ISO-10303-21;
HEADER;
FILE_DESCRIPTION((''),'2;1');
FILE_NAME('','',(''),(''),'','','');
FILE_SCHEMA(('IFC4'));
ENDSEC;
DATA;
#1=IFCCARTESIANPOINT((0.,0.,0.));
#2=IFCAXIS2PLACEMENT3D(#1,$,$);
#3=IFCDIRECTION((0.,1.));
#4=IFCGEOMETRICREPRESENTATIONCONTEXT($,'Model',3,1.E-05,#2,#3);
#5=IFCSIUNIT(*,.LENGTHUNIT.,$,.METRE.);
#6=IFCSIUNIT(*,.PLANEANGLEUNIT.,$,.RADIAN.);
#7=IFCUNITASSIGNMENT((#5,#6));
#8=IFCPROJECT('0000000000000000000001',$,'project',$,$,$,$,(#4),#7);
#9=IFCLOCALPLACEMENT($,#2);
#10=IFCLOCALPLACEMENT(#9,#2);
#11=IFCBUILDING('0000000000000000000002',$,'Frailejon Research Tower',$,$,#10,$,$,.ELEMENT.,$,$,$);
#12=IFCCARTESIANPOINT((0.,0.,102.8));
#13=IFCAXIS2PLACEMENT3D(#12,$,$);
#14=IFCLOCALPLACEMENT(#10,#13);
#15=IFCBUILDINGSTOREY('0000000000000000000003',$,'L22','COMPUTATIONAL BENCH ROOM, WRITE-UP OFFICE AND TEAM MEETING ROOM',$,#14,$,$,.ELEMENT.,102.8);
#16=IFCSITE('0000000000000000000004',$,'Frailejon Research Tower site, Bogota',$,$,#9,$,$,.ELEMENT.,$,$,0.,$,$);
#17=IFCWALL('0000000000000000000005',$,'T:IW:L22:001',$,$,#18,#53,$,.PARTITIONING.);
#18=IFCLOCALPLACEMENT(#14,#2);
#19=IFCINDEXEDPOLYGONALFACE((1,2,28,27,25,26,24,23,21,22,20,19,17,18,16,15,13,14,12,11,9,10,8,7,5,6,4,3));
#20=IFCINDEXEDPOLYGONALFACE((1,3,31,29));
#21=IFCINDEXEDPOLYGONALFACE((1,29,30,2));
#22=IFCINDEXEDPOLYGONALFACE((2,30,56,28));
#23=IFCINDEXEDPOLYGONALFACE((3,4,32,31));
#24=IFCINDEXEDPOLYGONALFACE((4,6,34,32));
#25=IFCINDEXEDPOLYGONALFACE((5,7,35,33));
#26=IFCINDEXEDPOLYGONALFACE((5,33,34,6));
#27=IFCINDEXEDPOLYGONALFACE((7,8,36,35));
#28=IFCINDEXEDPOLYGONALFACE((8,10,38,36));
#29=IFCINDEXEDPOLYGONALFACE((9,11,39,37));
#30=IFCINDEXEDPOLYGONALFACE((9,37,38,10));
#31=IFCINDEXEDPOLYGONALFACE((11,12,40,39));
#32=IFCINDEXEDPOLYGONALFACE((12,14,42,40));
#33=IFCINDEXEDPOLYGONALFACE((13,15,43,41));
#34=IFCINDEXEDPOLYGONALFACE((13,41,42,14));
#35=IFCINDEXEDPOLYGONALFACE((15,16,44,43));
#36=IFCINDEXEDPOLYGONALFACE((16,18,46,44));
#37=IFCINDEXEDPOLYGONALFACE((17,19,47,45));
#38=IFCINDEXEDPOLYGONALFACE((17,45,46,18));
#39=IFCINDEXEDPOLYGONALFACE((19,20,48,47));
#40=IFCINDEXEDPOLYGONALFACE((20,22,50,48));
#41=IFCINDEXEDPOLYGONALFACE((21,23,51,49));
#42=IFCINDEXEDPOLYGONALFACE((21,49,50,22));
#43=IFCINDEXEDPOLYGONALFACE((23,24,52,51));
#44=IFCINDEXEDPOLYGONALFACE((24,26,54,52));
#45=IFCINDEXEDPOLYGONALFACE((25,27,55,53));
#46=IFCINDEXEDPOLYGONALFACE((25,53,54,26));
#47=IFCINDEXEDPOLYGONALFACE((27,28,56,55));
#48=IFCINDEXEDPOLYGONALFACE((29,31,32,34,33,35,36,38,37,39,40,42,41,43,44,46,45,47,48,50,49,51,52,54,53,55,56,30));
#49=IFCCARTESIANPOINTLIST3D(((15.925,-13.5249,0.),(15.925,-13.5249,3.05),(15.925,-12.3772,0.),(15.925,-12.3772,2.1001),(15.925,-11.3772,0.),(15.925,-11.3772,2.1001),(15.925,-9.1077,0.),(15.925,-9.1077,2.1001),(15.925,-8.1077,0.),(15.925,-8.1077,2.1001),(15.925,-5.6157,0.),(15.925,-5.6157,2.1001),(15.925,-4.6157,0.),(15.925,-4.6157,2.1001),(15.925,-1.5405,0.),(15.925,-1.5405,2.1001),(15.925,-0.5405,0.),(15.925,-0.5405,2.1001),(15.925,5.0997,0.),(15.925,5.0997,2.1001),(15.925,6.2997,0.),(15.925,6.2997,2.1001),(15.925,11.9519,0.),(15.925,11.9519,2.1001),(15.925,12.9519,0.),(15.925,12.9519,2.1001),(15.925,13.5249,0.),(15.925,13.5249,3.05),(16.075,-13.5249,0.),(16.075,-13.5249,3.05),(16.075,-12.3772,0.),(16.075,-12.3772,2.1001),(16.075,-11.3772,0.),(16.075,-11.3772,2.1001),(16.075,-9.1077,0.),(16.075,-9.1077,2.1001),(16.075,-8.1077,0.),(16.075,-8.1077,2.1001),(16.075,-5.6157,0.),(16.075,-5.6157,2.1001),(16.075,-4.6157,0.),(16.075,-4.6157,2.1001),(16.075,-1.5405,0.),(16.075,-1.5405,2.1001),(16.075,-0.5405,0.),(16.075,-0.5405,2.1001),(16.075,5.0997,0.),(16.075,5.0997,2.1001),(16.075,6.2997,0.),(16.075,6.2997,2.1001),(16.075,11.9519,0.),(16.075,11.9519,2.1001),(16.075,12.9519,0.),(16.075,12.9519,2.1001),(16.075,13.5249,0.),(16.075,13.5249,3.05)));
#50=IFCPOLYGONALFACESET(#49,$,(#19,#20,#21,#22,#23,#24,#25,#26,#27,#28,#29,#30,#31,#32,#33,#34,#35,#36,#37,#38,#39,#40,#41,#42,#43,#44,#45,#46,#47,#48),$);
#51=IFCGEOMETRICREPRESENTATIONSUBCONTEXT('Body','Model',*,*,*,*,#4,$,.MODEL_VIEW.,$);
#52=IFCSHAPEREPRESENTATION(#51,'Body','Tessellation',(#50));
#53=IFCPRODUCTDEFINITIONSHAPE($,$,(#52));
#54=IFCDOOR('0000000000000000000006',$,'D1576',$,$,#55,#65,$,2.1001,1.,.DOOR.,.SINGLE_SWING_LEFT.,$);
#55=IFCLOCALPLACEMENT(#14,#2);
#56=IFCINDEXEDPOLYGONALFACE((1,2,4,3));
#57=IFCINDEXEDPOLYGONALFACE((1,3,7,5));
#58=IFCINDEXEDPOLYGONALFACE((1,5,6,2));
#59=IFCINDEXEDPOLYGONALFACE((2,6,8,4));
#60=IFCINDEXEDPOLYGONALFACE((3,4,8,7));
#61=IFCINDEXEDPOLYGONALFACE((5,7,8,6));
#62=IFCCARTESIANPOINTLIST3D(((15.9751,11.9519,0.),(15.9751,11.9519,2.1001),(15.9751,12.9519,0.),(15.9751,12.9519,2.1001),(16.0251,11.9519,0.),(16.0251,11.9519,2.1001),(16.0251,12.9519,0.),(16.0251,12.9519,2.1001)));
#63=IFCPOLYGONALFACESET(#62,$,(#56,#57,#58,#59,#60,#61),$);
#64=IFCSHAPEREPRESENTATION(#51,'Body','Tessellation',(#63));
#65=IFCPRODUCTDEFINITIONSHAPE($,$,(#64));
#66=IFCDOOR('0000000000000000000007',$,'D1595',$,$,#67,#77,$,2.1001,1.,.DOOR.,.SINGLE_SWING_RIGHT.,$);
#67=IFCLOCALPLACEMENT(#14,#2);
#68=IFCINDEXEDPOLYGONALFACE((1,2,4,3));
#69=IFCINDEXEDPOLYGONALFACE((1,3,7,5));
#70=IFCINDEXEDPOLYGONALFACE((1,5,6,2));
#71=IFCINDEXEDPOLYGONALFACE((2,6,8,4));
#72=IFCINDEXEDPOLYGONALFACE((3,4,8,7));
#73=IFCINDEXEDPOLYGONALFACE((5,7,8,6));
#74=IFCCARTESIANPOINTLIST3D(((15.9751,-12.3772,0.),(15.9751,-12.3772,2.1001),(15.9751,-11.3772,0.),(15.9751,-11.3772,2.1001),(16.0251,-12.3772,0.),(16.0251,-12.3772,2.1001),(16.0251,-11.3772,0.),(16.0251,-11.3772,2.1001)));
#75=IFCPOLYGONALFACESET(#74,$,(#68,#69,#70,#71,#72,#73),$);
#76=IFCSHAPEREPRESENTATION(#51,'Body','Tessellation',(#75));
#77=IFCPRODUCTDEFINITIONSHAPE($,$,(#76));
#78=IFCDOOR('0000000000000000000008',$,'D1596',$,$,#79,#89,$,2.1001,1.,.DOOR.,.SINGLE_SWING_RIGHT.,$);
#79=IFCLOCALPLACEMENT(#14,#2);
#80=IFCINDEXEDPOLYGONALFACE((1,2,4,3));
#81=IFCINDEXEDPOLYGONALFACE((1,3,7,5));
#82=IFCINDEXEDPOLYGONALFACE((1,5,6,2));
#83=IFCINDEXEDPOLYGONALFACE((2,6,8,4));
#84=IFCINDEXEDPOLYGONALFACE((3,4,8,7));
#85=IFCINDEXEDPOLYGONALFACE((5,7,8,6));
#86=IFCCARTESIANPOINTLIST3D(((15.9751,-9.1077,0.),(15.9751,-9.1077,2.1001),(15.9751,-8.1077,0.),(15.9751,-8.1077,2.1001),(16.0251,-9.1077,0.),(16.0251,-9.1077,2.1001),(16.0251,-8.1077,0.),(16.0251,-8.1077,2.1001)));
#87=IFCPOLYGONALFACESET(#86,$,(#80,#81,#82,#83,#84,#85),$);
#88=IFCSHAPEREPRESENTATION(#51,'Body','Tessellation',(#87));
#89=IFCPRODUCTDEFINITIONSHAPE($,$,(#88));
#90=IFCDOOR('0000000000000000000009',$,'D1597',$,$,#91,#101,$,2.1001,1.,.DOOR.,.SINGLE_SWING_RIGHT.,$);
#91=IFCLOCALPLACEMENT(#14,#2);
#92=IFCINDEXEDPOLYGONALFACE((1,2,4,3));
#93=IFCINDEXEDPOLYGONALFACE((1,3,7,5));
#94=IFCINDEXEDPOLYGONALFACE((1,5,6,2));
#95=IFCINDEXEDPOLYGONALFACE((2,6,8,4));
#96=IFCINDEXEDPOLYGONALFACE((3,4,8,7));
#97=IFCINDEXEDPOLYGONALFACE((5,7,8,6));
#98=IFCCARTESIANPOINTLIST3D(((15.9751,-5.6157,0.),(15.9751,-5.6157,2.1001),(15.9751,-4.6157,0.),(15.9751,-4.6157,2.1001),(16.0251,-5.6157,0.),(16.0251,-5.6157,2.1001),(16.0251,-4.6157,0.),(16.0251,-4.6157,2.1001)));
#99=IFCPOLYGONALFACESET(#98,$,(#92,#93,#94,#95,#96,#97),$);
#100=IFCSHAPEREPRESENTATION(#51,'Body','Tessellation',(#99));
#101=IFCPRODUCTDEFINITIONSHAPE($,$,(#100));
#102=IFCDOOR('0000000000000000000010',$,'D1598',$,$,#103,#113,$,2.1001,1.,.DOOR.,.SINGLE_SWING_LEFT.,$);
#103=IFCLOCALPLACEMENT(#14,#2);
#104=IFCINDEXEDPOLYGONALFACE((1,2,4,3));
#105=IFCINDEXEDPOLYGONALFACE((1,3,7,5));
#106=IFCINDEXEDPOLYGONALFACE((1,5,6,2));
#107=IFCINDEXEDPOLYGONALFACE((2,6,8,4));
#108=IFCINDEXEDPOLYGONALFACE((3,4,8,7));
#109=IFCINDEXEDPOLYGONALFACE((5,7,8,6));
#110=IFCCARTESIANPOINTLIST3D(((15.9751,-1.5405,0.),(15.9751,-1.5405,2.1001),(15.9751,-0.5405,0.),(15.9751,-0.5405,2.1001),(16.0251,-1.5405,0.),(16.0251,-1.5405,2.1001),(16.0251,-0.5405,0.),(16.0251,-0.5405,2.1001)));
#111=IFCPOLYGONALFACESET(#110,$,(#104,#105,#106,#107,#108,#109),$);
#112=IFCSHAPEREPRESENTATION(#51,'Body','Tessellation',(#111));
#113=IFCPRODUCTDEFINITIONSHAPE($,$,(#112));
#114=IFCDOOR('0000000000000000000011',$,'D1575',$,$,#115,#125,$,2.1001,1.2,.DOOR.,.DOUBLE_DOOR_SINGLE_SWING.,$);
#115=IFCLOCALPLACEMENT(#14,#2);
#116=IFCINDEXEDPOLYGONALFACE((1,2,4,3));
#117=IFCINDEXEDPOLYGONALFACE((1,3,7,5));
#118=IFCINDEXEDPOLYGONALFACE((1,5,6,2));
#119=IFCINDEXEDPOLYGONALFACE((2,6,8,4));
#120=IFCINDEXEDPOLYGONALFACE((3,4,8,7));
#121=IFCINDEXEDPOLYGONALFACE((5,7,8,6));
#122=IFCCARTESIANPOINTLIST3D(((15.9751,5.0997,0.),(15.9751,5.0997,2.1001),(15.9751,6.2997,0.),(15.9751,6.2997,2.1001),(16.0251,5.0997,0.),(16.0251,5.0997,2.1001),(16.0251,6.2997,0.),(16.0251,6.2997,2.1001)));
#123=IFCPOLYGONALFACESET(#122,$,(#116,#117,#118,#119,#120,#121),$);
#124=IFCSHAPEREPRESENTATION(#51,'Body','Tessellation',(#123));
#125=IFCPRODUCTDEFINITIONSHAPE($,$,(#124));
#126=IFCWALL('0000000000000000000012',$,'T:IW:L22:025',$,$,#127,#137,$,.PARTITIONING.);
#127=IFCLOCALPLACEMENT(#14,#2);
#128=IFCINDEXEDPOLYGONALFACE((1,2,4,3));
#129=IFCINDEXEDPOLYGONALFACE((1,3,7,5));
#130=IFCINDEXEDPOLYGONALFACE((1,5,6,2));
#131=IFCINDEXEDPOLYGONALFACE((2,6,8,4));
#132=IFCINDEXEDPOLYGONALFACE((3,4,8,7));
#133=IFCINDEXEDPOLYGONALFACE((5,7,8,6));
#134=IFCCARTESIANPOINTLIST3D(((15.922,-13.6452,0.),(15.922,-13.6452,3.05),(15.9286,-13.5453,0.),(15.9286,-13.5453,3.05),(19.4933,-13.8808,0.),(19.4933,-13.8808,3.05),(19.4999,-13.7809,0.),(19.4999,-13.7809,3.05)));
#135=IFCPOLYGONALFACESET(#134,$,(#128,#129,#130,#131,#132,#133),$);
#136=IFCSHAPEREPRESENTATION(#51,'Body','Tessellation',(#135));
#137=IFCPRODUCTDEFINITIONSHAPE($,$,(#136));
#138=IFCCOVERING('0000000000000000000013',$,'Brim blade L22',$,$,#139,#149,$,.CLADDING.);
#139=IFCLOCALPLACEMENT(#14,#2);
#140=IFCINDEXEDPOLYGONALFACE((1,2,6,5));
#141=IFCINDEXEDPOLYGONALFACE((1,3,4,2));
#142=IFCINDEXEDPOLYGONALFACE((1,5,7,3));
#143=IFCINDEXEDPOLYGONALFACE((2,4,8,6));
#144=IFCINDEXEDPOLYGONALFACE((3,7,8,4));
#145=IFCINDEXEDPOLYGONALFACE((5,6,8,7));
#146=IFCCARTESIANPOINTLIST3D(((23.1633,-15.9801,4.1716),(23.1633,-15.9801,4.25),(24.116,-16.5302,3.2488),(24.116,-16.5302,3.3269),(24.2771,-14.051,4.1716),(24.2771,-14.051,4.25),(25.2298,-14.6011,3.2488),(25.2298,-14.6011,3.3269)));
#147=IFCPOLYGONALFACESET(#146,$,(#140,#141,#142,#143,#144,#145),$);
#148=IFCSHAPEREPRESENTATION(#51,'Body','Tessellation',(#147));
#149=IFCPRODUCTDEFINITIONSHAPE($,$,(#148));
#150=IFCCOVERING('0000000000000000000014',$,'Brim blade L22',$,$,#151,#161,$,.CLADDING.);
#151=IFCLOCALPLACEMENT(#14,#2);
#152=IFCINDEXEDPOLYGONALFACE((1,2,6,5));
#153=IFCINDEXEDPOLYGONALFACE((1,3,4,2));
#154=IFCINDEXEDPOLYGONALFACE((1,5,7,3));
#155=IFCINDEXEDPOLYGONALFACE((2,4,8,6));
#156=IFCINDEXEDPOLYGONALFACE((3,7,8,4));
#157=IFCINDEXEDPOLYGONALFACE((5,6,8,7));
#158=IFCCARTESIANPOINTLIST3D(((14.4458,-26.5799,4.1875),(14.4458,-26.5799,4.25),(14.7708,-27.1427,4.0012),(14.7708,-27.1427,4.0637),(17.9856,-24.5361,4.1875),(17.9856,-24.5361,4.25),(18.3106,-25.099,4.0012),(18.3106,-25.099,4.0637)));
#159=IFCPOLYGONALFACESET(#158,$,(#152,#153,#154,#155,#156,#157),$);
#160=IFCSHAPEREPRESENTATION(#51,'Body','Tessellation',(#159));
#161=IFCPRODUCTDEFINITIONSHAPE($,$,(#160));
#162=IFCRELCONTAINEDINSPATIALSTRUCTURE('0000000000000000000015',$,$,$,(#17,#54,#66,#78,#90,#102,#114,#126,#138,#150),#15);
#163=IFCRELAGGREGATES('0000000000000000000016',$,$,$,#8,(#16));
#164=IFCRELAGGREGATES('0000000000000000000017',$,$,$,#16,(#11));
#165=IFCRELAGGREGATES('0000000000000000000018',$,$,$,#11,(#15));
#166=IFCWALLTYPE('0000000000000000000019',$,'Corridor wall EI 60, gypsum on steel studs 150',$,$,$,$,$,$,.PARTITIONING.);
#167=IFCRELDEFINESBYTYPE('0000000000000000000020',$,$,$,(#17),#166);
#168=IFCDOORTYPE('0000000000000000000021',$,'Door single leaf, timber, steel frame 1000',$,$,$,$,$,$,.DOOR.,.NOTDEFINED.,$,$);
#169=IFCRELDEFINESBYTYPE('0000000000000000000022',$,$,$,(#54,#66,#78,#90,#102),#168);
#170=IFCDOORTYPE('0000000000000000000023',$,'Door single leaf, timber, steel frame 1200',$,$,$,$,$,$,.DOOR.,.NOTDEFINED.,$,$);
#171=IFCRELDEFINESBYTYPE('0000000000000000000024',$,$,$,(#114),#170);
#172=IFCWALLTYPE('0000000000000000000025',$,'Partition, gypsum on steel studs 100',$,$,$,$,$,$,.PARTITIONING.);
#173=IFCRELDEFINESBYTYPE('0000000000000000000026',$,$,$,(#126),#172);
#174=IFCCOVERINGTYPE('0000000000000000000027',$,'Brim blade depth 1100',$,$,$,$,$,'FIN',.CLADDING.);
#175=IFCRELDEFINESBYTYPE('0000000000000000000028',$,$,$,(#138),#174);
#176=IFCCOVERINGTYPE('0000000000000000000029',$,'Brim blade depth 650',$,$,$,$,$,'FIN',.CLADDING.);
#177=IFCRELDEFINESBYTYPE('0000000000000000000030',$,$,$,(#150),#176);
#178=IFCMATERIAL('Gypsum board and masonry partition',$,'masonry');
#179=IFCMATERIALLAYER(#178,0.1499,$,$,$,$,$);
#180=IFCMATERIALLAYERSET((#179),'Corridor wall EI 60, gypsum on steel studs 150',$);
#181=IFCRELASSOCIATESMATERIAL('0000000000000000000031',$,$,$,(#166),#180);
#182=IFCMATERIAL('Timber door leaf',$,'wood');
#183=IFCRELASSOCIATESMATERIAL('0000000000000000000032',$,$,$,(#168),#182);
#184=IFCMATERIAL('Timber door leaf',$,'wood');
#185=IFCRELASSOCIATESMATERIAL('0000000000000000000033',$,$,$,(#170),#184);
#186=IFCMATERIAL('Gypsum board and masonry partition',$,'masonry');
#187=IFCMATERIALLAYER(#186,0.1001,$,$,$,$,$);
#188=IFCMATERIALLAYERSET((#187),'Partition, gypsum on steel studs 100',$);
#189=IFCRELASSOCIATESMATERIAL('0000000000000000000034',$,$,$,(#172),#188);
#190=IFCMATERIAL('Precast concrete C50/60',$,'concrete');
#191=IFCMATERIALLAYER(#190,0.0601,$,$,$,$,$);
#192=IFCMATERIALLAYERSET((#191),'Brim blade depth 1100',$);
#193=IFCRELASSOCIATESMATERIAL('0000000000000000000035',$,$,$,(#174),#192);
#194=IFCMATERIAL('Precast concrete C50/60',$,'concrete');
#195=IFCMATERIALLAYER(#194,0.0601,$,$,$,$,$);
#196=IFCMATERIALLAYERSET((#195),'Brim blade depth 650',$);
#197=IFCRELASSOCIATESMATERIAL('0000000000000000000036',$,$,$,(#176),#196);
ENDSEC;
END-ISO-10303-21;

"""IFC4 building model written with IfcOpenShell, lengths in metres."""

from ifc_helpers import new_model, si_unit, direction, frame, frame_2d, origin, place, context, subcontext, project, spatial, polyline, rectangle, outline, extrude, material, layer, layer_set, type_object, element, fill, save


model = new_model("IFC4")

# Units and contexts
model_context = context("Model", 3, precision=1e-05, world=origin(), true_north=direction((0.0, 1.0)))
body_context = subcontext(model_context, "Body", "Model", "MODEL_VIEW")
ifc_project = project(units=[si_unit("LENGTHUNIT", "METRE"), si_unit("PLANEANGLEUNIT", "RADIAN")], contexts=[model_context])

# Site, building, storey
site_placement = place(None, origin())
site = spatial("IfcSite", under=ifc_project, at=site_placement, Name="Frailejon Research Tower site, Bogota", CompositionType="ELEMENT", RefElevation=0.0)
building_placement = place(site_placement, origin())
building = spatial("IfcBuilding", under=site, at=building_placement, Name="Frailejon Research Tower", CompositionType="ELEMENT")
storey_placement = place(building_placement, frame((0.0, 0.0, 102.8)))
storey = spatial("IfcBuildingStorey", under=building, at=storey_placement, Name="L22", Description="COMPUTATIONAL BENCH ROOM, WRITE-UP OFFICE AND TEAM MEETING ROOM", CompositionType="ELEMENT", Elevation=102.8)

# Wall, openings, doors
ifc_material_1 = material(Name="Gypsum board and masonry partition", Category="masonry")
ifc_layer_1 = layer(ifc_material_1, 0.1499)
ifc_layer_set_1 = layer_set([ifc_layer_1], Name="Corridor wall EI 60, gypsum on steel studs 150")
wall_type_1 = type_object("IfcWallType", Name="Corridor wall EI 60, gypsum on steel studs 150", PredefinedType="PARTITIONING", material=ifc_layer_set_1)
wall_1_placement = place(storey_placement, frame((16.0, -13.5249, 0.0), z_axis=(0.0, 0.0, 1.0), x_axis=(0.0, 1.0, 0.0)))
wall_1 = element("IfcWall", 1, at=wall_1_placement, inside=storey, type_object=wall_type_1, Name="T:IW:L22:001", PredefinedType="PARTITIONING", context=body_context, shape_type="SweptSolid", body=[
    extrude(rectangle(XDim=27.0498, YDim=0.1499, at=frame_2d((13.5249, 0.0))), origin(), (0.0, 0.0, 1.0), 3.05),
])
opening_1_placement = place(wall_1_placement, frame((18.6245, 0.0, 0.0)))
opening_1 = element("IfcOpeningElement", 2, at=opening_1_placement, cuts=wall_1, PredefinedType="OPENING", context=body_context, shape_type="SweptSolid", body=[
    extrude(rectangle(XDim=1.2, YDim=2.1001, at=frame_2d((0.6001, 1.05))), frame((0.0, 0.085, 0.0), z_axis=(0.0, -1.0, 0.0), x_axis=(1.0, 0.0, 0.0)), (0.0, 0.0, 1.0), 0.1699),
])
opening_2_placement = place(wall_1_placement, frame((25.4768, 0.0, 0.0)))
opening_2 = element("IfcOpeningElement", 3, at=opening_2_placement, cuts=wall_1, PredefinedType="OPENING", context=body_context, shape_type="SweptSolid", body=[
    extrude(rectangle(XDim=1.0, YDim=2.1001, at=frame_2d((0.5, 1.05))), frame((0.0, 0.085, 0.0), z_axis=(0.0, -1.0, 0.0), x_axis=(1.0, 0.0, 0.0)), (0.0, 0.0, 1.0), 0.1699),
])
opening_3_placement = place(wall_1_placement, frame((1.1477, 0.0, 0.0)))
opening_3 = element("IfcOpeningElement", 4, at=opening_3_placement, cuts=wall_1, PredefinedType="OPENING", context=body_context, shape_type="SweptSolid", body=[
    extrude(rectangle(XDim=1.0, YDim=2.1001, at=frame_2d((0.5, 1.05))), frame((0.0, 0.085, 0.0), z_axis=(0.0, -1.0, 0.0), x_axis=(1.0, 0.0, 0.0)), (0.0, 0.0, 1.0), 0.1699),
])
opening_4_placement = place(wall_1_placement, frame((4.4172, 0.0, 0.0)))
opening_4 = element("IfcOpeningElement", 5, at=opening_4_placement, cuts=wall_1, PredefinedType="OPENING", context=body_context, shape_type="SweptSolid", body=[
    extrude(rectangle(XDim=1.0, YDim=2.1001, at=frame_2d((0.5, 1.05))), frame((0.0, 0.085, 0.0), z_axis=(0.0, -1.0, 0.0), x_axis=(1.0, 0.0, 0.0)), (0.0, 0.0, 1.0), 0.1699),
])
opening_5_placement = place(wall_1_placement, frame((7.9092, 0.0, 0.0)))
opening_5 = element("IfcOpeningElement", 6, at=opening_5_placement, cuts=wall_1, PredefinedType="OPENING", context=body_context, shape_type="SweptSolid", body=[
    extrude(rectangle(XDim=1.0, YDim=2.1001, at=frame_2d((0.5, 1.05))), frame((0.0, 0.085, 0.0), z_axis=(0.0, -1.0, 0.0), x_axis=(1.0, 0.0, 0.0)), (0.0, 0.0, 1.0), 0.1699),
])
opening_6_placement = place(wall_1_placement, frame((11.9844, 0.0, 0.0)))
opening_6 = element("IfcOpeningElement", 7, at=opening_6_placement, cuts=wall_1, PredefinedType="OPENING", context=body_context, shape_type="SweptSolid", body=[
    extrude(rectangle(XDim=1.0, YDim=2.1001, at=frame_2d((0.5, 1.05))), frame((0.0, 0.085, 0.0), z_axis=(0.0, -1.0, 0.0), x_axis=(1.0, 0.0, 0.0)), (0.0, 0.0, 1.0), 0.1699),
])
ifc_material_2 = material(Name="Timber door leaf", Category="wood")
door_type_1 = type_object("IfcDoorType", Name="Door single leaf, timber, steel frame 1000", OperationType="NOTDEFINED", PredefinedType="DOOR", material=ifc_material_2)
door_1_placement = place(opening_2_placement, origin())
door_1 = element("IfcDoor", 8, at=door_1_placement, inside=storey, type_object=door_type_1, Name="D1576", OperationType="SINGLE_SWING_LEFT", OverallHeight=2.1001, OverallWidth=1.0, PredefinedType="DOOR", context=body_context, shape_type="SweptSolid", body=[
    extrude(rectangle(XDim=1.0, YDim=2.1001, at=frame_2d((0.5, 1.05))), frame((0.0, 0.0249, 0.0), z_axis=(0.0, -1.0, 0.0), x_axis=(1.0, 0.0, 0.0)), (0.0, 0.0, 1.0), 0.05),
])
fill(opening_2, door_1)
door_2_placement = place(opening_3_placement, origin())
door_2 = element("IfcDoor", 9, at=door_2_placement, inside=storey, type_object=door_type_1, Name="D1595", OperationType="SINGLE_SWING_RIGHT", OverallHeight=2.1001, OverallWidth=1.0, PredefinedType="DOOR", context=body_context, shape_type="SweptSolid", body=[
    extrude(rectangle(XDim=1.0, YDim=2.1001, at=frame_2d((0.5, 1.05))), frame((0.0, 0.0249, 0.0), z_axis=(0.0, -1.0, 0.0), x_axis=(1.0, 0.0, 0.0)), (0.0, 0.0, 1.0), 0.05),
])
fill(opening_3, door_2)
door_3_placement = place(opening_4_placement, origin())
door_3 = element("IfcDoor", 10, at=door_3_placement, inside=storey, type_object=door_type_1, Name="D1596", OperationType="SINGLE_SWING_RIGHT", OverallHeight=2.1001, OverallWidth=1.0, PredefinedType="DOOR", context=body_context, shape_type="SweptSolid", body=[
    extrude(rectangle(XDim=1.0, YDim=2.1001, at=frame_2d((0.5, 1.05))), frame((0.0, 0.0249, 0.0), z_axis=(0.0, -1.0, 0.0), x_axis=(1.0, 0.0, 0.0)), (0.0, 0.0, 1.0), 0.05),
])
fill(opening_4, door_3)
door_4_placement = place(opening_5_placement, origin())
door_4 = element("IfcDoor", 11, at=door_4_placement, inside=storey, type_object=door_type_1, Name="D1597", OperationType="SINGLE_SWING_RIGHT", OverallHeight=2.1001, OverallWidth=1.0, PredefinedType="DOOR", context=body_context, shape_type="SweptSolid", body=[
    extrude(rectangle(XDim=1.0, YDim=2.1001, at=frame_2d((0.5, 1.05))), frame((0.0, 0.0249, 0.0), z_axis=(0.0, -1.0, 0.0), x_axis=(1.0, 0.0, 0.0)), (0.0, 0.0, 1.0), 0.05),
])
fill(opening_5, door_4)
door_5_placement = place(opening_6_placement, origin())
door_5 = element("IfcDoor", 12, at=door_5_placement, inside=storey, type_object=door_type_1, Name="D1598", OperationType="SINGLE_SWING_LEFT", OverallHeight=2.1001, OverallWidth=1.0, PredefinedType="DOOR", context=body_context, shape_type="SweptSolid", body=[
    extrude(rectangle(XDim=1.0, YDim=2.1001, at=frame_2d((0.5, 1.05))), frame((0.0, 0.0249, 0.0), z_axis=(0.0, -1.0, 0.0), x_axis=(1.0, 0.0, 0.0)), (0.0, 0.0, 1.0), 0.05),
])
fill(opening_6, door_5)
ifc_material_3 = material(Name="Timber door leaf", Category="wood")
door_type_2 = type_object("IfcDoorType", Name="Door single leaf, timber, steel frame 1200", OperationType="NOTDEFINED", PredefinedType="DOOR", material=ifc_material_3)
door_6_placement = place(opening_1_placement, origin())
door_6 = element("IfcDoor", 13, at=door_6_placement, inside=storey, type_object=door_type_2, Name="D1575", OperationType="DOUBLE_DOOR_SINGLE_SWING", OverallHeight=2.1001, OverallWidth=1.2, PredefinedType="DOOR", context=body_context, shape_type="SweptSolid", body=[
    extrude(rectangle(XDim=1.2, YDim=2.1001, at=frame_2d((0.6001, 1.05))), frame((0.0, 0.0249, 0.0), z_axis=(0.0, -1.0, 0.0), x_axis=(1.0, 0.0, 0.0)), (0.0, 0.0, 1.0), 0.05),
])
fill(opening_1, door_6)

# Wall
ifc_material_4 = material(Name="Gypsum board and masonry partition", Category="masonry")
ifc_layer_2 = layer(ifc_material_4, 0.1001)
ifc_layer_set_2 = layer_set([ifc_layer_2], Name="Partition, gypsum on steel studs 100")
wall_type_2 = type_object("IfcWallType", Name="Partition, gypsum on steel studs 100", PredefinedType="PARTITIONING", material=ifc_layer_set_2)
wall_2_placement = place(storey_placement, frame((15.9253, -13.5952, 0.0), z_axis=(0.0, 0.0, 1.0), x_axis=(0.997831, -0.065826, 0.0)))
element("IfcWall", 14, at=wall_2_placement, inside=storey, type_object=wall_type_2, Name="T:IW:L22:025", PredefinedType="PARTITIONING", context=body_context, shape_type="SweptSolid", body=[
    extrude(rectangle(XDim=3.5791, YDim=0.1001, at=frame_2d((1.7896, 0.0))), origin(), (0.0, 0.0, 1.0), 3.05),
])

# Coverings
ifc_material_5 = material(Name="Precast concrete C50/60", Category="concrete")
ifc_layer_3 = layer(ifc_material_5, 0.0601)
ifc_layer_set_3 = layer_set([ifc_layer_3], Name="Brim blade depth 1100")
covering_type_1 = type_object("IfcCoveringType", Name="Brim blade depth 1100", ElementType="FIN", PredefinedType="CLADDING", material=ifc_layer_set_3)
covering_1_placement = place(storey_placement, frame((24.2771, -14.051, 4.25), z_axis=(-0.500008, -0.866021, 0.0), x_axis=(0.866021, -0.500008, 0.0)))
element("IfcCovering", 15, at=covering_1_placement, inside=storey, type_object=covering_type_1, Name="Brim blade L22", PredefinedType="CLADDING", context=body_context, shape_type="SweptSolid", body=[
    extrude(outline(polyline([(0.0, -0.0784), (1.1001, -1.0012), (1.1001, -0.9231), (0.0, 0.0), (0.0, -0.0784)])), origin(), (0.0, 0.0, 1.0), 2.2275),
])
ifc_material_6 = material(Name="Precast concrete C50/60", Category="concrete")
ifc_layer_4 = layer(ifc_material_6, 0.0601)
ifc_layer_set_4 = layer_set([ifc_layer_4], Name="Brim blade depth 650")
covering_type_2 = type_object("IfcCoveringType", Name="Brim blade depth 650", ElementType="FIN", PredefinedType="CLADDING", material=ifc_layer_set_4)
covering_2_placement = place(storey_placement, frame((17.9856, -24.5361, 4.25), z_axis=(-0.866021, -0.500007, 0.0), x_axis=(0.500007, -0.866021, 0.0)))
element("IfcCovering", 16, at=covering_2_placement, inside=storey, type_object=covering_type_2, Name="Brim blade L22", PredefinedType="CLADDING", context=body_context, shape_type="SweptSolid", body=[
    extrude(outline(polyline([(0.0, -0.0625), (0.6499, -0.2488), (0.6499, -0.1863), (0.0, 0.0), (0.0, -0.0625)])), origin(), (0.0, 0.0, 1.0), 4.0874),
])

save(model, "model.ifc")
